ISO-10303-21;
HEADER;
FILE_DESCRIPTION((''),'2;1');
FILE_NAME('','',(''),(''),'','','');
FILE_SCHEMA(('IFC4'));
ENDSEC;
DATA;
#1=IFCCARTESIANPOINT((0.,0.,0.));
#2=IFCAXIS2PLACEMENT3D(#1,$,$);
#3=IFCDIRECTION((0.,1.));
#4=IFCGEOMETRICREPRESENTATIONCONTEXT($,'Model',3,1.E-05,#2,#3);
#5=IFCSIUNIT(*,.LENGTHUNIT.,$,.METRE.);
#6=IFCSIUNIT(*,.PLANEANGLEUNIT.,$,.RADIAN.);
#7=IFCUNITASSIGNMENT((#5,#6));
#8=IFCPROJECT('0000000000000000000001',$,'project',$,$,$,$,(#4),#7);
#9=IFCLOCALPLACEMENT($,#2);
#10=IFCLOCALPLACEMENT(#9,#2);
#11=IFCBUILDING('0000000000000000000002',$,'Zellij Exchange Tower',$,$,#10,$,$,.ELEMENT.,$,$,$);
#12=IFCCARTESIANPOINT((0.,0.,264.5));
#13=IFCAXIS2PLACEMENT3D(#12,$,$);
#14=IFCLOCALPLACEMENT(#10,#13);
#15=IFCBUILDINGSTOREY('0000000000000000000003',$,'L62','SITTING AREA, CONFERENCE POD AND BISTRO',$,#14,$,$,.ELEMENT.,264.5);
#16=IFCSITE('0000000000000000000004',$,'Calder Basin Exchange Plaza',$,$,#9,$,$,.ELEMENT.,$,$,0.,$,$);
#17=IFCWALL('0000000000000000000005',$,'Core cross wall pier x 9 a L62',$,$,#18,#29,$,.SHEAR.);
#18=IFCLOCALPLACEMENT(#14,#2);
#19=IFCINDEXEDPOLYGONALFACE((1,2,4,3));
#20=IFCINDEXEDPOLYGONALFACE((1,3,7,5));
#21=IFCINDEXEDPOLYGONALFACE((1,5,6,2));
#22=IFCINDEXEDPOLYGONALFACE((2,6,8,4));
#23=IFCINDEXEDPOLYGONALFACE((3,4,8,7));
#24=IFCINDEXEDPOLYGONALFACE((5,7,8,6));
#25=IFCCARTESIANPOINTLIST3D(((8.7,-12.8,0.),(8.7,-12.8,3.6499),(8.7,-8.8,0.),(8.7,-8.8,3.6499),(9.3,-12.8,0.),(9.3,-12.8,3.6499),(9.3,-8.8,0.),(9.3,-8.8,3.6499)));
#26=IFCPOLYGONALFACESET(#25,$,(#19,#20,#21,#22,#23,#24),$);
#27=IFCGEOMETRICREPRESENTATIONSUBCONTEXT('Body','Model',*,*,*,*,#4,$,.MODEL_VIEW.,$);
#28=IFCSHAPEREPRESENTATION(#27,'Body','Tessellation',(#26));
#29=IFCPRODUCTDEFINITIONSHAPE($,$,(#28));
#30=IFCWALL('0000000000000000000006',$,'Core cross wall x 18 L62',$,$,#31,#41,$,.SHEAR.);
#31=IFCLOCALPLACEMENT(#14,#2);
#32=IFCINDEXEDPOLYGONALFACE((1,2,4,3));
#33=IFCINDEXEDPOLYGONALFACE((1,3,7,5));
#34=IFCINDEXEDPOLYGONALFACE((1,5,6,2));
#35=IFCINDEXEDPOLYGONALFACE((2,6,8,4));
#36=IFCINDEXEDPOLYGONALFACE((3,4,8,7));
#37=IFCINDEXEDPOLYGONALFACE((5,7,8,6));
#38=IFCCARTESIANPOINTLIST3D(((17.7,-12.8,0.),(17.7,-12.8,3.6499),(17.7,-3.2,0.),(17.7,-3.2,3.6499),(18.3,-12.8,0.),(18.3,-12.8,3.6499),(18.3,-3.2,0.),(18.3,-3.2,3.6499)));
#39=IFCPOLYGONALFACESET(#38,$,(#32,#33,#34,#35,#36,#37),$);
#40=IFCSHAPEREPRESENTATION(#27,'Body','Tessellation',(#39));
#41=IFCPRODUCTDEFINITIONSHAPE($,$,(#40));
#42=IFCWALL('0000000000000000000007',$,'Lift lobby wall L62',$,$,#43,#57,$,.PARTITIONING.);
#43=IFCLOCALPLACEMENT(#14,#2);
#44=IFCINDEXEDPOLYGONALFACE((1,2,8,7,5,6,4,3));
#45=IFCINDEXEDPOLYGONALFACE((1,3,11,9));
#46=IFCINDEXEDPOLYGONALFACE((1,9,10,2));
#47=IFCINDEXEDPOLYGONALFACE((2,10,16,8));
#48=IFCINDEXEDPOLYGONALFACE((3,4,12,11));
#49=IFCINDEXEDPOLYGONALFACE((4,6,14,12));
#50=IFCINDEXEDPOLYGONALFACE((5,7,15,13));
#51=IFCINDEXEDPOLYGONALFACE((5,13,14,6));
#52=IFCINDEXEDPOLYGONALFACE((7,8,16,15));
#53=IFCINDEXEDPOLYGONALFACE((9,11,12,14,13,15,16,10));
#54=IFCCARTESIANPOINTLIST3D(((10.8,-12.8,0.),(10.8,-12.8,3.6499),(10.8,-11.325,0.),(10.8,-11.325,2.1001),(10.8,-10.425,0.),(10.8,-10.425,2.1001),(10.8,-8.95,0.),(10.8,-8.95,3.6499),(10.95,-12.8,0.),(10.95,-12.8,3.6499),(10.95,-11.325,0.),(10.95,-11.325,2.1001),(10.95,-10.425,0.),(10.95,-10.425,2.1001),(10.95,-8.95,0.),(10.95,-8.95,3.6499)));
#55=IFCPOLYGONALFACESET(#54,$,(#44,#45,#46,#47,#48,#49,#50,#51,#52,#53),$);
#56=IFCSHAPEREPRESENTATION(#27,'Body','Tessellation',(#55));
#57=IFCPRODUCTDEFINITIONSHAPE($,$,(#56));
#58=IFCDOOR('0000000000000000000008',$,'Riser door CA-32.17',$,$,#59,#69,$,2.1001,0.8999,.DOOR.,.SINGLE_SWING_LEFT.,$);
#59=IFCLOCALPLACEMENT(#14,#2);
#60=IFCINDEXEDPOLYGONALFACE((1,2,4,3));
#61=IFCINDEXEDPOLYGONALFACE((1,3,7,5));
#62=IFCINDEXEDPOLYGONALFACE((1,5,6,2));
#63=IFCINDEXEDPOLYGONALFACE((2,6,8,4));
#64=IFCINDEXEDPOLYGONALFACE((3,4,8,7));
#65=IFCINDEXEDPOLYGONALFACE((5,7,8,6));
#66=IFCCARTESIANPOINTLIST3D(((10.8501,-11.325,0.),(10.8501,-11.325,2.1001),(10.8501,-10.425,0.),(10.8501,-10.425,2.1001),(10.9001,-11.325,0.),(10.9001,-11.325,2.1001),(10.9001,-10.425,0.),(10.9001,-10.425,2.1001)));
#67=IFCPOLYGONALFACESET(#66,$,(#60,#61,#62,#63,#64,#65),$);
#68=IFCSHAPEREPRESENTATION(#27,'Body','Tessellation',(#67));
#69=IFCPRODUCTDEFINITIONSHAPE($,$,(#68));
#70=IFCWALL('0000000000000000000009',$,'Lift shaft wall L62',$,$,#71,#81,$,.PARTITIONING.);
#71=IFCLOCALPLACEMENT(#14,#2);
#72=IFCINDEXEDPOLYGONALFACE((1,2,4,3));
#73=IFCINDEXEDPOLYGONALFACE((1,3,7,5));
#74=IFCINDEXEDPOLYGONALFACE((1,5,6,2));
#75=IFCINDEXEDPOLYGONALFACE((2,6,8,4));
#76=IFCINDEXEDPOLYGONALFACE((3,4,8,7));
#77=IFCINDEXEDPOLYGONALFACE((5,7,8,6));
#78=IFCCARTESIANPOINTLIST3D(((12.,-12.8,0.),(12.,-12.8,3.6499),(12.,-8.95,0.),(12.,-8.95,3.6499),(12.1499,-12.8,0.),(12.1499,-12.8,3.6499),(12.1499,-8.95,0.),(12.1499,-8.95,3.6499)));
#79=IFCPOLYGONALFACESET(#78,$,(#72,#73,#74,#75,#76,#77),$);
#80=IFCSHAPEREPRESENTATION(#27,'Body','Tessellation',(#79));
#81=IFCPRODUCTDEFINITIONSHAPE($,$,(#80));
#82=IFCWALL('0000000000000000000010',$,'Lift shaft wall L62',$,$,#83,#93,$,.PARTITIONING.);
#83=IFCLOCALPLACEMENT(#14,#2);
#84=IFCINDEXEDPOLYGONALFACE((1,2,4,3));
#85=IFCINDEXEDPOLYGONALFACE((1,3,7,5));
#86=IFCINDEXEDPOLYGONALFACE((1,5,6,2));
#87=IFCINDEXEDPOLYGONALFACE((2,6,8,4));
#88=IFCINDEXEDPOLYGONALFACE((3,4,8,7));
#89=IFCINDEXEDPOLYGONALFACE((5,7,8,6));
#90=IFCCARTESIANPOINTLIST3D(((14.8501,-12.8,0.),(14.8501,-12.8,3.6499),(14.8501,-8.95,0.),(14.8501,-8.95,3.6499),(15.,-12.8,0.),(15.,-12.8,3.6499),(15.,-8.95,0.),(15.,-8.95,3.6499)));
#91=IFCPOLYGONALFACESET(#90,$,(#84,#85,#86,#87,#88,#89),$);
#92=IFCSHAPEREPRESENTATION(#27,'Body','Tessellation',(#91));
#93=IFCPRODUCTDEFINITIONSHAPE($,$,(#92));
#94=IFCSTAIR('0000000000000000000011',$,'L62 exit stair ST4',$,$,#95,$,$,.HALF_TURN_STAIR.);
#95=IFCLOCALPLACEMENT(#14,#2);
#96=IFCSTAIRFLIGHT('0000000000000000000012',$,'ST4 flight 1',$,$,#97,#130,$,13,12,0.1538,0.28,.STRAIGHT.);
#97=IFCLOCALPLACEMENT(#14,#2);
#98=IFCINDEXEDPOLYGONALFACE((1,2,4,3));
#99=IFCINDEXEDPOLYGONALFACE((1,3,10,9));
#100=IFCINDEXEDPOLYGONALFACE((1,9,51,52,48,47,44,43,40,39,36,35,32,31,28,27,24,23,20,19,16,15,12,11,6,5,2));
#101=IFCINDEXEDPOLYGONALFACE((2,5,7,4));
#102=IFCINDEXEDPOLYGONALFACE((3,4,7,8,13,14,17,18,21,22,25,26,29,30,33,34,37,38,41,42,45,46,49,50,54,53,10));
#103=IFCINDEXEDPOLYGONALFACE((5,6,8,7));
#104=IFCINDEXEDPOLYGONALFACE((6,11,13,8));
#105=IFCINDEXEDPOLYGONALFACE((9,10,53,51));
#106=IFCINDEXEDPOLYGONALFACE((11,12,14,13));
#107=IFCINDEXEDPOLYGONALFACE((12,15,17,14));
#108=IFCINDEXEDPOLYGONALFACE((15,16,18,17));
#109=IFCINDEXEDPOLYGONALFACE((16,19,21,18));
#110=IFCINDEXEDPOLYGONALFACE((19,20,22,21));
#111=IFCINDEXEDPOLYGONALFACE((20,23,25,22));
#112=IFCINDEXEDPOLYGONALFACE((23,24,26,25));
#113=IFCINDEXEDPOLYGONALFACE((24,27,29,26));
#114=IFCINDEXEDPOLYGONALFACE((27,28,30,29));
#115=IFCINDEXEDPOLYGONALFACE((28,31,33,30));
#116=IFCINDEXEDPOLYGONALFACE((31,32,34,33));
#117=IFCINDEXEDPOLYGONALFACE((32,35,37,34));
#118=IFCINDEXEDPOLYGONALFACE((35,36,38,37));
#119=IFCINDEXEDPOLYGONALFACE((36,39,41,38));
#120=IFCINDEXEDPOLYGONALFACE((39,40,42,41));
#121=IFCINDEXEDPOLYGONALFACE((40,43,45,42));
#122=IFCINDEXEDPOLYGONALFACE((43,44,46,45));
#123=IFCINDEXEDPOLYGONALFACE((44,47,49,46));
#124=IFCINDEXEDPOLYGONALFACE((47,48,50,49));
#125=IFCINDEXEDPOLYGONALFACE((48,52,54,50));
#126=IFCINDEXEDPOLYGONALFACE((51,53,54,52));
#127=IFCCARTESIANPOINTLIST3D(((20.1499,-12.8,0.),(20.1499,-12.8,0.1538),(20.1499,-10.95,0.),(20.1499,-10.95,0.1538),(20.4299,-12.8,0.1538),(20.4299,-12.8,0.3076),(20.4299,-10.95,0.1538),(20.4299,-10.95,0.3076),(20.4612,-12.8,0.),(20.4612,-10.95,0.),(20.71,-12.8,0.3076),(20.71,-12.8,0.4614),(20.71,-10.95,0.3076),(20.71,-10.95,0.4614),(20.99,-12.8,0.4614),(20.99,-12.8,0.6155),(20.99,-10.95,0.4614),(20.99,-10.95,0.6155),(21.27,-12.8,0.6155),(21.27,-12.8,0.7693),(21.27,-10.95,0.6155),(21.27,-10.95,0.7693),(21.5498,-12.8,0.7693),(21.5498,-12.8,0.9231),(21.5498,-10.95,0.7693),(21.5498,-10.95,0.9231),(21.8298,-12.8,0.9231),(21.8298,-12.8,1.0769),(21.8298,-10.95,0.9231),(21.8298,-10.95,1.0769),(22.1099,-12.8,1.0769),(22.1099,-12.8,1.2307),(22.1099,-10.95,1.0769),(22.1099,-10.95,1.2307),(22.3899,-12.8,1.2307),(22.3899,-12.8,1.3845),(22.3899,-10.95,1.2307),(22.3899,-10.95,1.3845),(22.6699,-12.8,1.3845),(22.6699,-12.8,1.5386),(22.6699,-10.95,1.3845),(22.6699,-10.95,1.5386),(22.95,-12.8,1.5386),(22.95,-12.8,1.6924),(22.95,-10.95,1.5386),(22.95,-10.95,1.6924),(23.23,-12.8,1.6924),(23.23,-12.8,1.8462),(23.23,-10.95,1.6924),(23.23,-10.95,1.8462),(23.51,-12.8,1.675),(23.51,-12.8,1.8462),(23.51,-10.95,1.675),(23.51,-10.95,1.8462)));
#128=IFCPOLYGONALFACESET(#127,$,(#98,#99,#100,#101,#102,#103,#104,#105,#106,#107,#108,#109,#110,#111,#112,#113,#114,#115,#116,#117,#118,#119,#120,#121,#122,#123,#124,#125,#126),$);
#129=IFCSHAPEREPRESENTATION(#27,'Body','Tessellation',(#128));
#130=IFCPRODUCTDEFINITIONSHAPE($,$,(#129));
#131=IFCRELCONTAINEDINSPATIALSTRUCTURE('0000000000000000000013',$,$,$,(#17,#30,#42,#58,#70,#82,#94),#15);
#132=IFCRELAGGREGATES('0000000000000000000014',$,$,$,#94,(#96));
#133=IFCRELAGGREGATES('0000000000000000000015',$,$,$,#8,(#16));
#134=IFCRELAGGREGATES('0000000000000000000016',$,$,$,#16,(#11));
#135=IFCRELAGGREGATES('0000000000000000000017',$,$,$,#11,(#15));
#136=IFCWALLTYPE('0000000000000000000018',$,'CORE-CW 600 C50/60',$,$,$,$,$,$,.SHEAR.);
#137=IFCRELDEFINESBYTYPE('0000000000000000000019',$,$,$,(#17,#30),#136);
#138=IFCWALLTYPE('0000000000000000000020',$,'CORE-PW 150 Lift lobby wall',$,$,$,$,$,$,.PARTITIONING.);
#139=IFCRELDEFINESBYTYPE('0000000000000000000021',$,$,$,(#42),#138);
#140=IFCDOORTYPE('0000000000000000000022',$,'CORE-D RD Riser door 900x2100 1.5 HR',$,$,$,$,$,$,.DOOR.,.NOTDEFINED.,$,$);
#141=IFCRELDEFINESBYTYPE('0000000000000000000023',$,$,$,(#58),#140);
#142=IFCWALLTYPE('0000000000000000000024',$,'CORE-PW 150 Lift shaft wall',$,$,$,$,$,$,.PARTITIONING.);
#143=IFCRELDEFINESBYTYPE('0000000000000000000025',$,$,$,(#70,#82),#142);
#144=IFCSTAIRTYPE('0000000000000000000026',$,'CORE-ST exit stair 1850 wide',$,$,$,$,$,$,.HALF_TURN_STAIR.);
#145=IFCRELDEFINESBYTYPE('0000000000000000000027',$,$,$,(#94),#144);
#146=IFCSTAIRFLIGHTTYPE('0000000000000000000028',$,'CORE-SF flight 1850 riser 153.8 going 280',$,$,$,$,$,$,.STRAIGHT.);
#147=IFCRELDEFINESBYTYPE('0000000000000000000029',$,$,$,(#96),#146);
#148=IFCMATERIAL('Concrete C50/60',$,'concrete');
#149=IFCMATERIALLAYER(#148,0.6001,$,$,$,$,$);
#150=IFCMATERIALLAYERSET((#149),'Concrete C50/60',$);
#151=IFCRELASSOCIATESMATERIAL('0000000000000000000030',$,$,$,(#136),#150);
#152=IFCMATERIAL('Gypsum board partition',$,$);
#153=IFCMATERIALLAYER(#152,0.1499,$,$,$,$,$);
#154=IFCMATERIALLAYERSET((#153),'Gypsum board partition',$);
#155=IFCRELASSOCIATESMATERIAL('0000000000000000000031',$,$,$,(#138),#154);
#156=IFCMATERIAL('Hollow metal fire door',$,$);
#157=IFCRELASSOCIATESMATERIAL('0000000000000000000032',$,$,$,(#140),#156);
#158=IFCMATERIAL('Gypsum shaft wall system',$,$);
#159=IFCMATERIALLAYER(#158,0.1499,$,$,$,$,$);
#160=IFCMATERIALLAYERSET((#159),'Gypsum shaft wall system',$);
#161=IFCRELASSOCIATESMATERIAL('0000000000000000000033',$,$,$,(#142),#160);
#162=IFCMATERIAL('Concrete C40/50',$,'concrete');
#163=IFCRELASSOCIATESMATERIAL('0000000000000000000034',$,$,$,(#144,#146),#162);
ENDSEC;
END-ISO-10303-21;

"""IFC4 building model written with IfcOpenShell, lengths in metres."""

from ifc_helpers import new_model, si_unit, direction, frame, frame_2d, origin, place, context, subcontext, project, spatial, polyline, rectangle, outline, extrude, material, layer, layer_set, type_object, element, fill, aggregate, save


model = new_model("IFC4")

# Units and contexts
model_context = context("Model", 3, precision=1e-05, world=origin(), true_north=direction((0.0, 1.0)))
body_context = subcontext(model_context, "Body", "Model", "MODEL_VIEW")
ifc_project = project(units=[si_unit("LENGTHUNIT", "METRE"), si_unit("PLANEANGLEUNIT", "RADIAN")], contexts=[model_context])

# Site, building, storey
site_placement = place(None, origin())
site = spatial("IfcSite", under=ifc_project, at=site_placement, Name="Calder Basin Exchange Plaza", CompositionType="ELEMENT", RefElevation=0.0)
building_placement = place(site_placement, origin())
building = spatial("IfcBuilding", under=site, at=building_placement, Name="Zellij Exchange Tower", CompositionType="ELEMENT")
storey_placement = place(building_placement, frame((0.0, 0.0, 264.5)))
storey = spatial("IfcBuildingStorey", under=building, at=storey_placement, Name="L62", Description="SITTING AREA, CONFERENCE POD AND BISTRO", CompositionType="ELEMENT", Elevation=264.5)

# Walls
ifc_material_1 = material(Name="Concrete C50/60", Category="concrete")
ifc_layer_1 = layer(ifc_material_1, 0.6001)
ifc_layer_set_1 = layer_set([ifc_layer_1], Name="Concrete C50/60")
wall_type_1 = type_object("IfcWallType", Name="CORE-CW 600 C50/60", PredefinedType="SHEAR", material=ifc_layer_set_1)
wall_1_placement = place(storey_placement, frame((9.0, -12.8, 0.0), z_axis=(0.0, 0.0, 1.0), x_axis=(0.0, 1.0, 0.0)))
element("IfcWall", 1, at=wall_1_placement, inside=storey, type_object=wall_type_1, Name="Core cross wall pier x 9 a L62", PredefinedType="SHEAR", context=body_context, shape_type="SweptSolid", body=[
    extrude(rectangle(XDim=4.0, YDim=0.6001, at=frame_2d((2.0, 0.0))), origin(), (0.0, 0.0, 1.0), 3.6499),
])
wall_2_placement = place(storey_placement, frame((18.0, -12.8, 0.0), z_axis=(0.0, 0.0, 1.0), x_axis=(0.0, 1.0, 0.0)))
element("IfcWall", 2, at=wall_2_placement, inside=storey, type_object=wall_type_1, Name="Core cross wall x 18 L62", PredefinedType="SHEAR", context=body_context, shape_type="SweptSolid", body=[
    extrude(rectangle(XDim=9.6001, YDim=0.6001, at=frame_2d((4.8, 0.0))), origin(), (0.0, 0.0, 1.0), 3.6499),
])

# Wall, opening, door
ifc_material_2 = material(Name="Gypsum board partition")
ifc_layer_2 = layer(ifc_material_2, 0.1499)
ifc_layer_set_2 = layer_set([ifc_layer_2], Name="Gypsum board partition")
wall_type_2 = type_object("IfcWallType", Name="CORE-PW 150 Lift lobby wall", PredefinedType="PARTITIONING", material=ifc_layer_set_2)
wall_3_placement = place(storey_placement, frame((10.875, -12.8, 0.0), z_axis=(0.0, 0.0, 1.0), x_axis=(0.0, 1.0, 0.0)))
wall_3 = element("IfcWall", 3, at=wall_3_placement, inside=storey, type_object=wall_type_2, Name="Lift lobby wall L62", PredefinedType="PARTITIONING", context=body_context, shape_type="SweptSolid", body=[
    extrude(rectangle(XDim=3.8501, YDim=0.1499, at=frame_2d((1.925, 0.0))), origin(), (0.0, 0.0, 1.0), 3.6499),
])
opening_placement = place(wall_3_placement, frame((1.4751, 0.0, 0.0)))
opening = element("IfcOpeningElement", 4, at=opening_placement, cuts=wall_3, PredefinedType="OPENING", context=body_context, shape_type="SweptSolid", body=[
    extrude(rectangle(XDim=0.8999, YDim=2.1001, at=frame_2d((0.45, 1.05))), frame((0.0, 0.0869, 0.0), z_axis=(0.0, -1.0, 0.0), x_axis=(1.0, 0.0, 0.0)), (0.0, 0.0, 1.0), 0.1738),
])
ifc_material_3 = material(Name="Hollow metal fire door")
door_type = type_object("IfcDoorType", Name="CORE-D RD Riser door 900x2100 1.5 HR", OperationType="NOTDEFINED", PredefinedType="DOOR", material=ifc_material_3)
door_placement = place(opening_placement, origin())
door = element("IfcDoor", 5, at=door_placement, inside=storey, type_object=door_type, Name="Riser door CA-32.17", OperationType="SINGLE_SWING_LEFT", OverallHeight=2.1001, OverallWidth=0.8999, PredefinedType="DOOR", context=body_context, shape_type="SweptSolid", body=[
    extrude(rectangle(XDim=0.8999, YDim=2.1001, at=frame_2d((0.45, 1.05))), frame((0.0, 0.0249, 0.0), z_axis=(0.0, -1.0, 0.0), x_axis=(1.0, 0.0, 0.0)), (0.0, 0.0, 1.0), 0.05),
])
fill(opening, door)

# Walls
ifc_material_4 = material(Name="Gypsum shaft wall system")
ifc_layer_3 = layer(ifc_material_4, 0.1499)
ifc_layer_set_3 = layer_set([ifc_layer_3], Name="Gypsum shaft wall system")
wall_type_3 = type_object("IfcWallType", Name="CORE-PW 150 Lift shaft wall", PredefinedType="PARTITIONING", material=ifc_layer_set_3)
for number, where, z_axis, x_axis, name in (
    (6, (12.075, -12.8, 0.0), (0.0, 0.0, 1.0), (0.0, 1.0, 0.0), "Lift shaft wall L62"),
    (7, (14.925, -12.8, 0.0), (0.0, 0.0, 1.0), (0.0, 1.0, 0.0), "Lift shaft wall L62"),
):
    element("IfcWall", number, at=place(storey_placement, frame(where, z_axis=z_axis, x_axis=x_axis)), inside=storey, type_object=wall_type_3, Name=name, PredefinedType="PARTITIONING", context=body_context, shape_type="SweptSolid", body=[
        extrude(rectangle(XDim=3.8501, YDim=0.1499, at=frame_2d((1.925, 0.0))), origin(), (0.0, 0.0, 1.0), 3.6499),
    ])

# Stair, stair flight
ifc_material_5 = material(Name="Concrete C40/50", Category="concrete")
stair_type = type_object("IfcStairType", Name="CORE-ST exit stair 1850 wide", PredefinedType="HALF_TURN_STAIR", material=ifc_material_5)
stair_placement = place(storey_placement, origin())
stair = element("IfcStair", 8, at=stair_placement, inside=storey, type_object=stair_type, Name="L62 exit stair ST4", PredefinedType="HALF_TURN_STAIR")
stair_flight_type = type_object("IfcStairFlightType", Name="CORE-SF flight 1850 riser 153.8 going 280", PredefinedType="STRAIGHT", material=ifc_material_5)
stair_flight_placement = place(storey_placement, frame((20.1499, -11.875, 0.0), z_axis=(0.0, 0.0, 1.0), x_axis=(1.0, 0.0, 0.0)))
stair_flight = element("IfcStairFlight", 9, at=stair_flight_placement, type_object=stair_flight_type, Name="ST4 flight 1", NumberOfRisers=13, NumberOfTreads=12, PredefinedType="STRAIGHT", RiserHeight=0.1538, TreadLength=0.28, context=body_context, shape_type="SweptSolid", body=[
    extrude(outline(polyline([(0.0, 0.0), (0.0, 0.1538), (0.28, 0.1538), (0.28, 0.3076), (0.5601, 0.3076), (0.5601, 0.4614), (0.8401, 0.4614), (0.8401, 0.6155), (1.1201, 0.6155), (1.1201, 0.7693), (1.3999, 0.7693), (1.3999, 0.9231), (1.6799, 0.9231), (1.6799, 1.0769), (1.96, 1.0769), (1.96, 1.2307), (2.24, 1.2307), (2.24, 1.3845), (2.52, 1.3845), (2.52, 1.5386), (2.8, 1.5386), (2.8, 1.6924), (3.0801, 1.6924), (3.0801, 1.8462), (3.3601, 1.8462), (3.3601, 2.0), (3.3601, 1.675), (0.3113, 0.0), (0.0, 0.0)])), frame((0.0, 0.925, 0.0), z_axis=(0.0, -1.0, 0.0), x_axis=(1.0, 0.0, 0.0)), (0.0, 0.0, 1.0), 1.8501),
])
aggregate(stair, [stair_flight])

save(model, "model.ifc")
